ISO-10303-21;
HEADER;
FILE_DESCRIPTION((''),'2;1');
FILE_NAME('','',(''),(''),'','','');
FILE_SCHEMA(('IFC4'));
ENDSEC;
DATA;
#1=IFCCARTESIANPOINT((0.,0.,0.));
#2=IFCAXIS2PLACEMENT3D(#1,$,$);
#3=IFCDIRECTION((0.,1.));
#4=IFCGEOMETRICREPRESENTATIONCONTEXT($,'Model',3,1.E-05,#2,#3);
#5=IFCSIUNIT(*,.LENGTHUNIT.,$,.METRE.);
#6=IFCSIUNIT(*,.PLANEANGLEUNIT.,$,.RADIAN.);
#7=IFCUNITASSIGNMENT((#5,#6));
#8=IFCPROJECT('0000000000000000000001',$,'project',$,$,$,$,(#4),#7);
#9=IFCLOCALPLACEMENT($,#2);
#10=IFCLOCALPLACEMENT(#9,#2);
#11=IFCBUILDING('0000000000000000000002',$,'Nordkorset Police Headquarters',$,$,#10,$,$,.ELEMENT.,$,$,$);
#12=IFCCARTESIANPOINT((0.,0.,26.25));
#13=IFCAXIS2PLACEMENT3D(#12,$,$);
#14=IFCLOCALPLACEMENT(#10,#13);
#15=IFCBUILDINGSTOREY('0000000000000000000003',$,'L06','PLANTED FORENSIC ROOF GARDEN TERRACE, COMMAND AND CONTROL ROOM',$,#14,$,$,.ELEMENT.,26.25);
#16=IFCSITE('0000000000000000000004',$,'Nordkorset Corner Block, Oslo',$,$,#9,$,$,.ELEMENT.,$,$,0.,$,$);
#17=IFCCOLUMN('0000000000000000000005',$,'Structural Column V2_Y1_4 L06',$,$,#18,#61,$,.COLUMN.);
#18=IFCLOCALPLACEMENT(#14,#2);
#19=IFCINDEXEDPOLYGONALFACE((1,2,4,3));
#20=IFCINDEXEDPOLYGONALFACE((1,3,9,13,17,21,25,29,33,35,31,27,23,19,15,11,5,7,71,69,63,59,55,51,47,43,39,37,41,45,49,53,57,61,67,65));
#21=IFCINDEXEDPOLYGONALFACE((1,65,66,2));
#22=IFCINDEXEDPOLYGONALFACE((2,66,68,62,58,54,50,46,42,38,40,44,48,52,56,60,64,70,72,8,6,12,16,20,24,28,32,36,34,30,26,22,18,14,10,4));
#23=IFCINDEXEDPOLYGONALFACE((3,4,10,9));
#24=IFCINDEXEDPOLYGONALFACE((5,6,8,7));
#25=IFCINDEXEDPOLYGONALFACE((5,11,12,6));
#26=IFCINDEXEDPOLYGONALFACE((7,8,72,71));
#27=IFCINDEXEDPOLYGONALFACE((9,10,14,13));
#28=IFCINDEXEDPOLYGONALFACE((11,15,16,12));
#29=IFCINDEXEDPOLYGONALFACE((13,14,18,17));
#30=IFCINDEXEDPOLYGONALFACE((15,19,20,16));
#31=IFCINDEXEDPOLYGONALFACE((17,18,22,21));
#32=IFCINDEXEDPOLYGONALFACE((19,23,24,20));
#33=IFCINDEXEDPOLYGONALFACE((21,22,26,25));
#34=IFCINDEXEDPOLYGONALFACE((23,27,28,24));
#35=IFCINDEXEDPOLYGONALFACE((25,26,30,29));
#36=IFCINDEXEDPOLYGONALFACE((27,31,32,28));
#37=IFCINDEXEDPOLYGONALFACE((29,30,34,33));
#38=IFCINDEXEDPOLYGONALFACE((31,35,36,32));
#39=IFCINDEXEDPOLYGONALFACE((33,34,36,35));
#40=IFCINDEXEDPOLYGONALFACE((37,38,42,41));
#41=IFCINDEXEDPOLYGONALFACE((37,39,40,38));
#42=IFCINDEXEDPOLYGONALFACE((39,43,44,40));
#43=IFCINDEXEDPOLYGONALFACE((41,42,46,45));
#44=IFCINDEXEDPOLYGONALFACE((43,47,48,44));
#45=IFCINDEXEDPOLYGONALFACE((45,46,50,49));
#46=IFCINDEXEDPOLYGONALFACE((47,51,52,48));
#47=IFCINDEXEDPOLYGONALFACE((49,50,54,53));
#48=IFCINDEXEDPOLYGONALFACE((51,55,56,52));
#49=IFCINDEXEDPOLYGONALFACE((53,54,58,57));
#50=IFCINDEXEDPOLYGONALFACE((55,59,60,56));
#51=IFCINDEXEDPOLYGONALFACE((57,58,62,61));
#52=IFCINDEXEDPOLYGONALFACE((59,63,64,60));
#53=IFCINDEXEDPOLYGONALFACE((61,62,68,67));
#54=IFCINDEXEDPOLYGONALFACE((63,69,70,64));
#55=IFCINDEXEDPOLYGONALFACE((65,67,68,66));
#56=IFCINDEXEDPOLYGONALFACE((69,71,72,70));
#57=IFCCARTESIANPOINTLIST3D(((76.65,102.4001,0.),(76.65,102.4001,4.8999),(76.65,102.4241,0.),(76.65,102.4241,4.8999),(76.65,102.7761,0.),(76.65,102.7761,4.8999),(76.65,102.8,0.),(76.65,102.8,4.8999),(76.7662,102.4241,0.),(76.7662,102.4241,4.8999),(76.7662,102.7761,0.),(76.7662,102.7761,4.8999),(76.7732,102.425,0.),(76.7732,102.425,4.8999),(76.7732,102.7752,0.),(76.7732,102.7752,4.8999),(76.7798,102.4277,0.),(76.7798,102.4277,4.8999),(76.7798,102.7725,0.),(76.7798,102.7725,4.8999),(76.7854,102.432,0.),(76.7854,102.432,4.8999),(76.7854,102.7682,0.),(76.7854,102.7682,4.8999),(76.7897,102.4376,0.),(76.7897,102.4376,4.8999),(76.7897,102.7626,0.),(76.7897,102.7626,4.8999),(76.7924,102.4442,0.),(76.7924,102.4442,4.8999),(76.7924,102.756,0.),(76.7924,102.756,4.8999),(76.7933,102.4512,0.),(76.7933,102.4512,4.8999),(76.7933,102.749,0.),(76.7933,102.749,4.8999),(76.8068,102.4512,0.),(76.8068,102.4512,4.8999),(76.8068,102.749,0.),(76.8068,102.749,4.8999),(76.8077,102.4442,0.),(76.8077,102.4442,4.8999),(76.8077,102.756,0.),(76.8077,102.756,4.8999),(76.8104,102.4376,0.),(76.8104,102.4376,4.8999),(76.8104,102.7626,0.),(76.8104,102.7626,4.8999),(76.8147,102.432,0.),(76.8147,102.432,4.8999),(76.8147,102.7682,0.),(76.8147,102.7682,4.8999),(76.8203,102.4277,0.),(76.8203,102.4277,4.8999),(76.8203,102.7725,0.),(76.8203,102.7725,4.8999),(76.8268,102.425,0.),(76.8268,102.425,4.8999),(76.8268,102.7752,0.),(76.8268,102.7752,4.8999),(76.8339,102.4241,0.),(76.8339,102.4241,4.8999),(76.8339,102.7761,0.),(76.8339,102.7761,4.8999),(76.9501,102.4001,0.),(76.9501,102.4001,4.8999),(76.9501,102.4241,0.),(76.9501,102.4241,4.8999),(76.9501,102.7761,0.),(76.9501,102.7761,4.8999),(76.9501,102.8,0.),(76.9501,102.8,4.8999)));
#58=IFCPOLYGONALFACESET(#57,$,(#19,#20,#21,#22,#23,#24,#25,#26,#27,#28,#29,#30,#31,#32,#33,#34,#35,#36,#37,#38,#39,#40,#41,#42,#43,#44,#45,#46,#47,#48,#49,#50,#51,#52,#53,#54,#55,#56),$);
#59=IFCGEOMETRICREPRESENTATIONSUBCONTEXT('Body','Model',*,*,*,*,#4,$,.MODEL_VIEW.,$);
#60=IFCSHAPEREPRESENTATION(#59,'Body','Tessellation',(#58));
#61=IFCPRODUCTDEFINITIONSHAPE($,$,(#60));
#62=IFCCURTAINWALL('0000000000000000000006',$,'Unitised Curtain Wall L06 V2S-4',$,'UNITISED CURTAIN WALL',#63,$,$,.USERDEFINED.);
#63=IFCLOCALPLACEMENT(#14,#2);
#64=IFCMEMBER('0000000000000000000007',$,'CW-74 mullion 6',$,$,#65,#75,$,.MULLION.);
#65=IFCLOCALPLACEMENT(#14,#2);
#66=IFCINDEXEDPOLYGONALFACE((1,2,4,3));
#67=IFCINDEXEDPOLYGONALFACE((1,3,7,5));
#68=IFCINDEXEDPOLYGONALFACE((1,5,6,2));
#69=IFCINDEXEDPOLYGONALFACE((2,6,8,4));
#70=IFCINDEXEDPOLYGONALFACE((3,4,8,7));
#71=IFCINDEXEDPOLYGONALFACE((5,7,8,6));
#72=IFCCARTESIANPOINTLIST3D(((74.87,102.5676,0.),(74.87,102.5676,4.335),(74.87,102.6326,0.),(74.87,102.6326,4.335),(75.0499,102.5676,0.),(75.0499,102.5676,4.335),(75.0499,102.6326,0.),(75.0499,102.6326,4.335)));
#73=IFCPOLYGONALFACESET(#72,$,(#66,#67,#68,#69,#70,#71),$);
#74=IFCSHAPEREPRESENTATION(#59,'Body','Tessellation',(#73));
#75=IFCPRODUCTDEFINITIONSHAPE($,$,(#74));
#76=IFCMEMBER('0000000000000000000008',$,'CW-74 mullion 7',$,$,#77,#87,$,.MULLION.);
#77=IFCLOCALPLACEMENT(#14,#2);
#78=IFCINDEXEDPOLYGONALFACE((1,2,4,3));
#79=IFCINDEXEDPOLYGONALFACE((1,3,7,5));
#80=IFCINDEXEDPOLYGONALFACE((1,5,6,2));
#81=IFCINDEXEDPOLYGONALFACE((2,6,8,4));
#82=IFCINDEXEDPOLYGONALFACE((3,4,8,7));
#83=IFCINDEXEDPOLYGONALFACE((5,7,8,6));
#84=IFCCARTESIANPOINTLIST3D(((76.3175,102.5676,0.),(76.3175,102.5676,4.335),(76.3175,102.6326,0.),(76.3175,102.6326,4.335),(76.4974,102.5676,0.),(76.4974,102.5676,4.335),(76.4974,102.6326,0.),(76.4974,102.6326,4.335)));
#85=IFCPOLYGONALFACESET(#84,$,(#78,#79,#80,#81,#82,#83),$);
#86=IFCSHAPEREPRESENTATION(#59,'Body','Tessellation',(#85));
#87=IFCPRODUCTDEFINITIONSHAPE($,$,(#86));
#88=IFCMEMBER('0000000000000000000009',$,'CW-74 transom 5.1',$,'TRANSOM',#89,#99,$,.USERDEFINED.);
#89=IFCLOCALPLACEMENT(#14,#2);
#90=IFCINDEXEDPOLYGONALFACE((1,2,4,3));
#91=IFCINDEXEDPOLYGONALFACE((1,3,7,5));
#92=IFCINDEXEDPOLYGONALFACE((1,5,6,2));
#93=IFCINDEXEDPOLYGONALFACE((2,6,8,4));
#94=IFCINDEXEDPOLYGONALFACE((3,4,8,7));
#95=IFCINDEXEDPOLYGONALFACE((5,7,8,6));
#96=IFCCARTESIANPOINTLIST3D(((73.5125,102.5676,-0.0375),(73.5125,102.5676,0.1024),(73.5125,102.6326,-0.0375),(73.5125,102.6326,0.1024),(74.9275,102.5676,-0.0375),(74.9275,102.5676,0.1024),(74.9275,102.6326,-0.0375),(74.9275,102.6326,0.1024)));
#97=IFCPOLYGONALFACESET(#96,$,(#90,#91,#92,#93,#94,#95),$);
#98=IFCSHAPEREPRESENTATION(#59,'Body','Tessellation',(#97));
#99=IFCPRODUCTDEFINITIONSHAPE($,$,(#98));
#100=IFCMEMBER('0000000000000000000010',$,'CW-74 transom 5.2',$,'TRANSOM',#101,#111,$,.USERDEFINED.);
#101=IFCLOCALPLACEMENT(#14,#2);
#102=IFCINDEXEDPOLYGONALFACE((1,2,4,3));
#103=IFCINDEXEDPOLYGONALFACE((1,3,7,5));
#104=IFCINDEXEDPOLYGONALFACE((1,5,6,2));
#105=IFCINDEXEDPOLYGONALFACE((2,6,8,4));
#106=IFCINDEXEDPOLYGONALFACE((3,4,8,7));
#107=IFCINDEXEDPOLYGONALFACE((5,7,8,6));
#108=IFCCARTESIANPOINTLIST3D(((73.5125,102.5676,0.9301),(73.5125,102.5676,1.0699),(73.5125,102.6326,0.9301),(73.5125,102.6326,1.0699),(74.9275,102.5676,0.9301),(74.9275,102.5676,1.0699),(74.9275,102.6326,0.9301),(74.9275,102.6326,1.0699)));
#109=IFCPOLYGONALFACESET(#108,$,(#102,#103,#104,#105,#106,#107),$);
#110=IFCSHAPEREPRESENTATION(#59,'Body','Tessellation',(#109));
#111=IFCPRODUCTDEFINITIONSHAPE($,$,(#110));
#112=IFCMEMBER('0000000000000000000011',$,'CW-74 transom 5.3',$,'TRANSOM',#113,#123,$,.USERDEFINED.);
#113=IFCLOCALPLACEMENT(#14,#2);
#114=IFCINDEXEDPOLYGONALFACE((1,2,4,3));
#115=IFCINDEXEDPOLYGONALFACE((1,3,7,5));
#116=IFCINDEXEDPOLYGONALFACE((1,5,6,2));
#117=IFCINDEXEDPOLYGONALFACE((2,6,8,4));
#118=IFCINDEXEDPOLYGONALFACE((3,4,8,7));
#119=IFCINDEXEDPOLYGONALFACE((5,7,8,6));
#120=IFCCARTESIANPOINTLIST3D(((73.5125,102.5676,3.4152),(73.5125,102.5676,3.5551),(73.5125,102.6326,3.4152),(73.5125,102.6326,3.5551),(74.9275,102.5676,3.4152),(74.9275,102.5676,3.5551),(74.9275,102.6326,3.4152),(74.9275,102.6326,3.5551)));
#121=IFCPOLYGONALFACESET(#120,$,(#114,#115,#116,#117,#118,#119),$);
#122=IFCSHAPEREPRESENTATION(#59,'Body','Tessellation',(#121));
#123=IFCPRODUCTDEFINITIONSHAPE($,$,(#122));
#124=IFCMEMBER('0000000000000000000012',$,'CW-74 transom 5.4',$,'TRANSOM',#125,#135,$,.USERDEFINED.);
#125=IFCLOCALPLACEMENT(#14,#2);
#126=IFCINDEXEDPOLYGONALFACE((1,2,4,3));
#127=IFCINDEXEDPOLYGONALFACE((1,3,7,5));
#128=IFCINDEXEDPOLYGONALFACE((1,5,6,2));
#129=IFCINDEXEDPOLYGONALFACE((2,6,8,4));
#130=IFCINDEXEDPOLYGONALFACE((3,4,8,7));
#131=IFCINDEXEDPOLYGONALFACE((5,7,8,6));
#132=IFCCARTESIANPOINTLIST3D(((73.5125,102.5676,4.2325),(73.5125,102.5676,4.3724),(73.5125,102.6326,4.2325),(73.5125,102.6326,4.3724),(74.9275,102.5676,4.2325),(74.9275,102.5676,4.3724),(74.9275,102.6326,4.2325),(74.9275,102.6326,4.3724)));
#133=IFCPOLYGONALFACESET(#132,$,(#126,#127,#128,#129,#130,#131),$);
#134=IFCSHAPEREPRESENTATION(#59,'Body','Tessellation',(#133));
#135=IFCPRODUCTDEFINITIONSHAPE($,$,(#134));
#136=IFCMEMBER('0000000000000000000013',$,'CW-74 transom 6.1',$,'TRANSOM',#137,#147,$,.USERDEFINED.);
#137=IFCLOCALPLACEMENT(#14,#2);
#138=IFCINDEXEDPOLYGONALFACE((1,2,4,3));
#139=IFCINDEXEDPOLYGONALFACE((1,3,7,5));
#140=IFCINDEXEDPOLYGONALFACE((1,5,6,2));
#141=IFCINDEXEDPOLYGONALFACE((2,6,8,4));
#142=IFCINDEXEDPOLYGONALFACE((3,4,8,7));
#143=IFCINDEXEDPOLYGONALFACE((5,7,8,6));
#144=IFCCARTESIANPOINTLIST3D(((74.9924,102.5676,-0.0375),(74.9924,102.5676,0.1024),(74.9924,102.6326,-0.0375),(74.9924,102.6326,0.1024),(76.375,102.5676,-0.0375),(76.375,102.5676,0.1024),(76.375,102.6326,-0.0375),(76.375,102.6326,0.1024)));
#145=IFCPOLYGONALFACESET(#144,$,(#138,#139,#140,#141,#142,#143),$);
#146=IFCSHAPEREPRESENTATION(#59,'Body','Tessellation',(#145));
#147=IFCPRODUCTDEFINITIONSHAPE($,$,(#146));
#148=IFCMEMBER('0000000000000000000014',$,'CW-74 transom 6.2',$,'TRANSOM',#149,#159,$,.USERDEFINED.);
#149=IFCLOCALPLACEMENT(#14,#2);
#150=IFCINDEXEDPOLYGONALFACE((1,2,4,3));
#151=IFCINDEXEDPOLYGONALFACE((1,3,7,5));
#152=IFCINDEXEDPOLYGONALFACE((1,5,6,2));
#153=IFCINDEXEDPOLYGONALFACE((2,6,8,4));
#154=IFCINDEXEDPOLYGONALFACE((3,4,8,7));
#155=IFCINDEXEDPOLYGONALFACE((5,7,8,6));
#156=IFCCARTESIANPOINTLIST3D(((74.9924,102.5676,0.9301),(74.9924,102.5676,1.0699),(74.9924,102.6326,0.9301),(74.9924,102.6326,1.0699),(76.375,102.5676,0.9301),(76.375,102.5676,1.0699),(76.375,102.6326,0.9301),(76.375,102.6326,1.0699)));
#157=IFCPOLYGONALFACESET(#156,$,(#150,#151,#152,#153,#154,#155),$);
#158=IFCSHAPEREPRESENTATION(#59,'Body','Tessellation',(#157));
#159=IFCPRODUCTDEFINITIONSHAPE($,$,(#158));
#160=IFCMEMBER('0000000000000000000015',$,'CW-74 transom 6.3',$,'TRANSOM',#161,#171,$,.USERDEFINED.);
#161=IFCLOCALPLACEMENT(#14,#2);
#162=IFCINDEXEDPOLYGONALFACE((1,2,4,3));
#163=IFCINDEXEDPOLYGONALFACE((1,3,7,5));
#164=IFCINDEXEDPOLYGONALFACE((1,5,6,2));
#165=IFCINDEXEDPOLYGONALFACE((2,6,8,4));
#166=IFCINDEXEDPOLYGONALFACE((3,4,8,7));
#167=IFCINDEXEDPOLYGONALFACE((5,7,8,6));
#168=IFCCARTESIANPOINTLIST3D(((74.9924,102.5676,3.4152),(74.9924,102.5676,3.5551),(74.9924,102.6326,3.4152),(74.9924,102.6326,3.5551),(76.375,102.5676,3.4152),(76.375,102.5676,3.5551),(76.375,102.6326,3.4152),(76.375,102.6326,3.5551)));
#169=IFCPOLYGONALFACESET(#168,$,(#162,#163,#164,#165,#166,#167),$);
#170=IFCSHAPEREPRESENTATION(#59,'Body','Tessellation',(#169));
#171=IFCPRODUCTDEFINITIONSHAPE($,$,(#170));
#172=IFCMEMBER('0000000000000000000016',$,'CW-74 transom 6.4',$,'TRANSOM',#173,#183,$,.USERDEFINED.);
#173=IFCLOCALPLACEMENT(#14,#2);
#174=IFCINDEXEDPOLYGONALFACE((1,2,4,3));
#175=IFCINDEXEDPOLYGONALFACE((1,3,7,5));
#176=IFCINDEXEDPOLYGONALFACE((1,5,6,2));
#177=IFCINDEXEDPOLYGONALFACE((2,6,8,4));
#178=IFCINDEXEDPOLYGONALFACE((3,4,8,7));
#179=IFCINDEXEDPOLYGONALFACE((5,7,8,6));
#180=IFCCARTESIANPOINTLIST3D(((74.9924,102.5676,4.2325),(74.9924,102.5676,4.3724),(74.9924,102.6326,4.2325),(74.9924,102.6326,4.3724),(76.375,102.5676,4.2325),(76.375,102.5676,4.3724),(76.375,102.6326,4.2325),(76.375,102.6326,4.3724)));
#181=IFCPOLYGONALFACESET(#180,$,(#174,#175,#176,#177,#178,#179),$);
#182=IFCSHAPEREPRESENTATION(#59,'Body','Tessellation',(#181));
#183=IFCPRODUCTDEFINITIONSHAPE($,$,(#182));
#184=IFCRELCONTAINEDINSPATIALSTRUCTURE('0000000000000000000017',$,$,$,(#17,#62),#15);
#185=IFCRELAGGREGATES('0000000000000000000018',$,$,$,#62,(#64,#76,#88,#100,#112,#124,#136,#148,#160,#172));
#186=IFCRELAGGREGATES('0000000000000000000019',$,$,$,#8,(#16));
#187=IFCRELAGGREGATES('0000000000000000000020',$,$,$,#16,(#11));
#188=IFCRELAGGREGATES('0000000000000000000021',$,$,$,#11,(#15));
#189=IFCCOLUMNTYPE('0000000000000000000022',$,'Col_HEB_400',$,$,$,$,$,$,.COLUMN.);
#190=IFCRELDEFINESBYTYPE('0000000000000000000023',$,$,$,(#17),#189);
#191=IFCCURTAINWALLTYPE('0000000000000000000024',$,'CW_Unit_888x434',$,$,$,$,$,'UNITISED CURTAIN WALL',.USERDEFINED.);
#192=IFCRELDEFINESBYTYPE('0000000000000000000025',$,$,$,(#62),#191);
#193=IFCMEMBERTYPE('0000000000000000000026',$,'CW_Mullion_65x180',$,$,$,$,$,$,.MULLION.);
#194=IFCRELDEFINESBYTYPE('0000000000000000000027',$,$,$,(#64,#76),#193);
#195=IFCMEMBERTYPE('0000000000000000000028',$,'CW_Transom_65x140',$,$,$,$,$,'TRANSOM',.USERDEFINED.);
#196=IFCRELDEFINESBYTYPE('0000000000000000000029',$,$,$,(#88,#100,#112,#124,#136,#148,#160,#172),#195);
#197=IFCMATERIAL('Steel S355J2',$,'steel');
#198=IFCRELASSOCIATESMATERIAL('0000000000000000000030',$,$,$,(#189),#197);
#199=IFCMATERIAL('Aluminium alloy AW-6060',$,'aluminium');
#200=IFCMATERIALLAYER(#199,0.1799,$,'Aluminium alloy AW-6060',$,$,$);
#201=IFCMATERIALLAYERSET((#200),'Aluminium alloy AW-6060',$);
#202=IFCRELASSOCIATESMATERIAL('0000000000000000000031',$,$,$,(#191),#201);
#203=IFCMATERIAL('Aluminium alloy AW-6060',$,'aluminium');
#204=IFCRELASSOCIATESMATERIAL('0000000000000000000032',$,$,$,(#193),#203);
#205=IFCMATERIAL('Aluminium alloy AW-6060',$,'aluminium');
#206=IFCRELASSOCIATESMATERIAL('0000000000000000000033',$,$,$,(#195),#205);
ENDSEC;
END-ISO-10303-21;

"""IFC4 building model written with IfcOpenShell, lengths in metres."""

from ifc_helpers import new_model, si_unit, direction, frame, origin, origin_2d, place, context, subcontext, project, spatial, rectangle, i_section, extrude, material, layer, layer_set, material_profile, profile_set, type_object, element, aggregate, save


model = new_model("IFC4")

# Units and contexts
model_context = context("Model", 3, precision=1e-05, world=origin(), true_north=direction((0.0, 1.0)))
body_context = subcontext(model_context, "Body", "Model", "MODEL_VIEW")
ifc_project = project(units=[si_unit("LENGTHUNIT", "METRE"), si_unit("PLANEANGLEUNIT", "RADIAN")], contexts=[model_context])

# Site, building, storey
site_placement = place(None, origin())
site = spatial("IfcSite", under=ifc_project, at=site_placement, Name="Nordkorset Corner Block, Oslo", CompositionType="ELEMENT", RefElevation=0.0)
building_placement = place(site_placement, origin())
building = spatial("IfcBuilding", under=site, at=building_placement, Name="Nordkorset Police Headquarters", CompositionType="ELEMENT")
storey_placement = place(building_placement, frame((0.0, 0.0, 26.25)))
storey = spatial("IfcBuildingStorey", under=building, at=storey_placement, Name="L06", Description="PLANTED FORENSIC ROOF GARDEN TERRACE, COMMAND AND CONTROL ROOM", CompositionType="ELEMENT", Elevation=26.25)

# Column
ifc_material_1 = material(Name="Steel S355J2", Category="steel")
ifc_material_profile_1 = material_profile(ifc_material_1, i_section(OverallWidth=0.3, OverallDepth=0.3999, WebThickness=0.0134, FlangeThickness=0.0239, FilletRadius=0.0271, at=origin_2d()), Name="HEB 400")
ifc_profile_set_1 = profile_set([ifc_material_profile_1], Name="Steel S355J2")
column_type = type_object("IfcColumnType", Name="Col_HEB_400", PredefinedType="COLUMN", material=ifc_profile_set_1)
column_placement = place(storey_placement, frame((76.8, 102.6001, 0.0), z_axis=(0.0, 0.0, 1.0), x_axis=(1.0, 0.0, 0.0)))
element("IfcColumn", 1, at=column_placement, inside=storey, type_object=column_type, Name="Structural Column V2_Y1_4 L06", PredefinedType="COLUMN", context=body_context, shape_type="SweptSolid", body=[
    extrude(i_section(OverallWidth=0.3, OverallDepth=0.3999, WebThickness=0.0134, FlangeThickness=0.0239, FilletRadius=0.0271, at=origin_2d()), origin(), (0.0, 0.0, 1.0), 4.8999),
])

# Curtain wall, members
ifc_material_2 = material(Name="Aluminium alloy AW-6060", Category="aluminium")
ifc_layer_1 = layer(ifc_material_2, 0.1799, Name="Aluminium alloy AW-6060")
ifc_layer_set_1 = layer_set([ifc_layer_1], Name="Aluminium alloy AW-6060")
curtain_wall_type = type_object("IfcCurtainWallType", Name="CW_Unit_888x434", ElementType="UNITISED CURTAIN WALL", PredefinedType="USERDEFINED", material=ifc_layer_set_1)
curtain_wall_placement = place(storey_placement, origin())
curtain_wall = element("IfcCurtainWall", 2, at=curtain_wall_placement, inside=storey, type_object=curtain_wall_type, Name="Unitised Curtain Wall L06 V2S-4", ObjectType="UNITISED CURTAIN WALL", PredefinedType="USERDEFINED")
ifc_material_3 = material(Name="Aluminium alloy AW-6060", Category="aluminium")
ifc_material_profile_2 = material_profile(ifc_material_3, rectangle(XDim=0.0649, YDim=0.1799, at=origin_2d()), Name="ALU MULL 65x180")
ifc_profile_set_2 = profile_set([ifc_material_profile_2], Name="Aluminium alloy AW-6060")
member_type_1 = type_object("IfcMemberType", Name="CW_Mullion_65x180", PredefinedType="MULLION", material=ifc_profile_set_2)
member_1_placement = place(storey_placement, frame((74.96, 102.6001, 0.0), z_axis=(0.0, 0.0, 1.0), x_axis=(0.0, 1.0, 0.0)))
member_1 = element("IfcMember", 3, at=member_1_placement, type_object=member_type_1, Name="CW-74 mullion 6", PredefinedType="MULLION", context=body_context, shape_type="SweptSolid", body=[
    extrude(rectangle(XDim=0.0649, YDim=0.1799, at=origin_2d()), origin(), (0.0, 0.0, 1.0), 4.335),
])
member_2_placement = place(storey_placement, frame((76.4075, 102.6001, 0.0), z_axis=(0.0, 0.0, 1.0), x_axis=(0.0, 1.0, 0.0)))
member_2 = element("IfcMember", 4, at=member_2_placement, type_object=member_type_1, Name="CW-74 mullion 7", PredefinedType="MULLION", context=body_context, shape_type="SweptSolid", body=[
    extrude(rectangle(XDim=0.0649, YDim=0.1799, at=origin_2d()), origin(), (0.0, 0.0, 1.0), 4.335),
])
ifc_material_4 = material(Name="Aluminium alloy AW-6060", Category="aluminium")
ifc_material_profile_3 = material_profile(ifc_material_4, rectangle(XDim=0.0649, YDim=0.1399, at=origin_2d()), Name="ALU TRAN 65x140")
ifc_profile_set_3 = profile_set([ifc_material_profile_3], Name="Aluminium alloy AW-6060")
member_type_2 = type_object("IfcMemberType", Name="CW_Transom_65x140", ElementType="TRANSOM", PredefinedType="USERDEFINED", material=ifc_profile_set_3)
member_3_placement = place(storey_placement, frame((73.5125, 102.6001, 0.0325), z_axis=(1.0, 0.0, 0.0), x_axis=(0.0, 1.0, 0.0)))
member_3 = element("IfcMember", 5, at=member_3_placement, type_object=member_type_2, Name="CW-74 transom 5.1", ObjectType="TRANSOM", PredefinedType="USERDEFINED", context=body_context, shape_type="SweptSolid", body=[
    extrude(rectangle(XDim=0.0649, YDim=0.1399, at=origin_2d()), origin(), (0.0, 0.0, 1.0), 1.415),
])
member_4_placement = place(storey_placement, frame((73.5125, 102.6001, 1.0), z_axis=(1.0, 0.0, 0.0), x_axis=(0.0, 1.0, 0.0)))
member_4 = element("IfcMember", 6, at=member_4_placement, type_object=member_type_2, Name="CW-74 transom 5.2", ObjectType="TRANSOM", PredefinedType="USERDEFINED", context=body_context, shape_type="SweptSolid", body=[
    extrude(rectangle(XDim=0.0649, YDim=0.1399, at=origin_2d()), origin(), (0.0, 0.0, 1.0), 1.415),
])
member_5_placement = place(storey_placement, frame((73.5125, 102.6001, 3.4851), z_axis=(1.0, 0.0, 0.0), x_axis=(0.0, 1.0, 0.0)))
member_5 = element("IfcMember", 7, at=member_5_placement, type_object=member_type_2, Name="CW-74 transom 5.3", ObjectType="TRANSOM", PredefinedType="USERDEFINED", context=body_context, shape_type="SweptSolid", body=[
    extrude(rectangle(XDim=0.0649, YDim=0.1399, at=origin_2d()), origin(), (0.0, 0.0, 1.0), 1.415),
])
member_6_placement = place(storey_placement, frame((73.5125, 102.6001, 4.3025), z_axis=(1.0, 0.0, 0.0), x_axis=(0.0, 1.0, 0.0)))
member_6 = element("IfcMember", 8, at=member_6_placement, type_object=member_type_2, Name="CW-74 transom 5.4", ObjectType="TRANSOM", PredefinedType="USERDEFINED", context=body_context, shape_type="SweptSolid", body=[
    extrude(rectangle(XDim=0.0649, YDim=0.1399, at=origin_2d()), origin(), (0.0, 0.0, 1.0), 1.415),
])
member_7_placement = place(storey_placement, frame((74.9924, 102.6001, 0.0325), z_axis=(1.0, 0.0, 0.0), x_axis=(0.0, 1.0, 0.0)))
member_7 = element("IfcMember", 9, at=member_7_placement, type_object=member_type_2, Name="CW-74 transom 6.1", ObjectType="TRANSOM", PredefinedType="USERDEFINED", context=body_context, shape_type="SweptSolid", body=[
    extrude(rectangle(XDim=0.0649, YDim=0.1399, at=origin_2d()), origin(), (0.0, 0.0, 1.0), 1.3826),
])
member_8_placement = place(storey_placement, frame((74.9924, 102.6001, 1.0), z_axis=(1.0, 0.0, 0.0), x_axis=(0.0, 1.0, 0.0)))
member_8 = element("IfcMember", 10, at=member_8_placement, type_object=member_type_2, Name="CW-74 transom 6.2", ObjectType="TRANSOM", PredefinedType="USERDEFINED", context=body_context, shape_type="SweptSolid", body=[
    extrude(rectangle(XDim=0.0649, YDim=0.1399, at=origin_2d()), origin(), (0.0, 0.0, 1.0), 1.3826),
])
member_9_placement = place(storey_placement, frame((74.9924, 102.6001, 3.4851), z_axis=(1.0, 0.0, 0.0), x_axis=(0.0, 1.0, 0.0)))
member_9 = element("IfcMember", 11, at=member_9_placement, type_object=member_type_2, Name="CW-74 transom 6.3", ObjectType="TRANSOM", PredefinedType="USERDEFINED", context=body_context, shape_type="SweptSolid", body=[
    extrude(rectangle(XDim=0.0649, YDim=0.1399, at=origin_2d()), origin(), (0.0, 0.0, 1.0), 1.3826),
])
member_10_placement = place(storey_placement, frame((74.9924, 102.6001, 4.3025), z_axis=(1.0, 0.0, 0.0), x_axis=(0.0, 1.0, 0.0)))
member_10 = element("IfcMember", 12, at=member_10_placement, type_object=member_type_2, Name="CW-74 transom 6.4", ObjectType="TRANSOM", PredefinedType="USERDEFINED", context=body_context, shape_type="SweptSolid", body=[
    extrude(rectangle(XDim=0.0649, YDim=0.1399, at=origin_2d()), origin(), (0.0, 0.0, 1.0), 1.3826),
])

aggregate(curtain_wall, [member_1, member_2, member_3, member_4, member_5, member_6, member_7, member_8, member_9, member_10])

save(model, "model.ifc")
